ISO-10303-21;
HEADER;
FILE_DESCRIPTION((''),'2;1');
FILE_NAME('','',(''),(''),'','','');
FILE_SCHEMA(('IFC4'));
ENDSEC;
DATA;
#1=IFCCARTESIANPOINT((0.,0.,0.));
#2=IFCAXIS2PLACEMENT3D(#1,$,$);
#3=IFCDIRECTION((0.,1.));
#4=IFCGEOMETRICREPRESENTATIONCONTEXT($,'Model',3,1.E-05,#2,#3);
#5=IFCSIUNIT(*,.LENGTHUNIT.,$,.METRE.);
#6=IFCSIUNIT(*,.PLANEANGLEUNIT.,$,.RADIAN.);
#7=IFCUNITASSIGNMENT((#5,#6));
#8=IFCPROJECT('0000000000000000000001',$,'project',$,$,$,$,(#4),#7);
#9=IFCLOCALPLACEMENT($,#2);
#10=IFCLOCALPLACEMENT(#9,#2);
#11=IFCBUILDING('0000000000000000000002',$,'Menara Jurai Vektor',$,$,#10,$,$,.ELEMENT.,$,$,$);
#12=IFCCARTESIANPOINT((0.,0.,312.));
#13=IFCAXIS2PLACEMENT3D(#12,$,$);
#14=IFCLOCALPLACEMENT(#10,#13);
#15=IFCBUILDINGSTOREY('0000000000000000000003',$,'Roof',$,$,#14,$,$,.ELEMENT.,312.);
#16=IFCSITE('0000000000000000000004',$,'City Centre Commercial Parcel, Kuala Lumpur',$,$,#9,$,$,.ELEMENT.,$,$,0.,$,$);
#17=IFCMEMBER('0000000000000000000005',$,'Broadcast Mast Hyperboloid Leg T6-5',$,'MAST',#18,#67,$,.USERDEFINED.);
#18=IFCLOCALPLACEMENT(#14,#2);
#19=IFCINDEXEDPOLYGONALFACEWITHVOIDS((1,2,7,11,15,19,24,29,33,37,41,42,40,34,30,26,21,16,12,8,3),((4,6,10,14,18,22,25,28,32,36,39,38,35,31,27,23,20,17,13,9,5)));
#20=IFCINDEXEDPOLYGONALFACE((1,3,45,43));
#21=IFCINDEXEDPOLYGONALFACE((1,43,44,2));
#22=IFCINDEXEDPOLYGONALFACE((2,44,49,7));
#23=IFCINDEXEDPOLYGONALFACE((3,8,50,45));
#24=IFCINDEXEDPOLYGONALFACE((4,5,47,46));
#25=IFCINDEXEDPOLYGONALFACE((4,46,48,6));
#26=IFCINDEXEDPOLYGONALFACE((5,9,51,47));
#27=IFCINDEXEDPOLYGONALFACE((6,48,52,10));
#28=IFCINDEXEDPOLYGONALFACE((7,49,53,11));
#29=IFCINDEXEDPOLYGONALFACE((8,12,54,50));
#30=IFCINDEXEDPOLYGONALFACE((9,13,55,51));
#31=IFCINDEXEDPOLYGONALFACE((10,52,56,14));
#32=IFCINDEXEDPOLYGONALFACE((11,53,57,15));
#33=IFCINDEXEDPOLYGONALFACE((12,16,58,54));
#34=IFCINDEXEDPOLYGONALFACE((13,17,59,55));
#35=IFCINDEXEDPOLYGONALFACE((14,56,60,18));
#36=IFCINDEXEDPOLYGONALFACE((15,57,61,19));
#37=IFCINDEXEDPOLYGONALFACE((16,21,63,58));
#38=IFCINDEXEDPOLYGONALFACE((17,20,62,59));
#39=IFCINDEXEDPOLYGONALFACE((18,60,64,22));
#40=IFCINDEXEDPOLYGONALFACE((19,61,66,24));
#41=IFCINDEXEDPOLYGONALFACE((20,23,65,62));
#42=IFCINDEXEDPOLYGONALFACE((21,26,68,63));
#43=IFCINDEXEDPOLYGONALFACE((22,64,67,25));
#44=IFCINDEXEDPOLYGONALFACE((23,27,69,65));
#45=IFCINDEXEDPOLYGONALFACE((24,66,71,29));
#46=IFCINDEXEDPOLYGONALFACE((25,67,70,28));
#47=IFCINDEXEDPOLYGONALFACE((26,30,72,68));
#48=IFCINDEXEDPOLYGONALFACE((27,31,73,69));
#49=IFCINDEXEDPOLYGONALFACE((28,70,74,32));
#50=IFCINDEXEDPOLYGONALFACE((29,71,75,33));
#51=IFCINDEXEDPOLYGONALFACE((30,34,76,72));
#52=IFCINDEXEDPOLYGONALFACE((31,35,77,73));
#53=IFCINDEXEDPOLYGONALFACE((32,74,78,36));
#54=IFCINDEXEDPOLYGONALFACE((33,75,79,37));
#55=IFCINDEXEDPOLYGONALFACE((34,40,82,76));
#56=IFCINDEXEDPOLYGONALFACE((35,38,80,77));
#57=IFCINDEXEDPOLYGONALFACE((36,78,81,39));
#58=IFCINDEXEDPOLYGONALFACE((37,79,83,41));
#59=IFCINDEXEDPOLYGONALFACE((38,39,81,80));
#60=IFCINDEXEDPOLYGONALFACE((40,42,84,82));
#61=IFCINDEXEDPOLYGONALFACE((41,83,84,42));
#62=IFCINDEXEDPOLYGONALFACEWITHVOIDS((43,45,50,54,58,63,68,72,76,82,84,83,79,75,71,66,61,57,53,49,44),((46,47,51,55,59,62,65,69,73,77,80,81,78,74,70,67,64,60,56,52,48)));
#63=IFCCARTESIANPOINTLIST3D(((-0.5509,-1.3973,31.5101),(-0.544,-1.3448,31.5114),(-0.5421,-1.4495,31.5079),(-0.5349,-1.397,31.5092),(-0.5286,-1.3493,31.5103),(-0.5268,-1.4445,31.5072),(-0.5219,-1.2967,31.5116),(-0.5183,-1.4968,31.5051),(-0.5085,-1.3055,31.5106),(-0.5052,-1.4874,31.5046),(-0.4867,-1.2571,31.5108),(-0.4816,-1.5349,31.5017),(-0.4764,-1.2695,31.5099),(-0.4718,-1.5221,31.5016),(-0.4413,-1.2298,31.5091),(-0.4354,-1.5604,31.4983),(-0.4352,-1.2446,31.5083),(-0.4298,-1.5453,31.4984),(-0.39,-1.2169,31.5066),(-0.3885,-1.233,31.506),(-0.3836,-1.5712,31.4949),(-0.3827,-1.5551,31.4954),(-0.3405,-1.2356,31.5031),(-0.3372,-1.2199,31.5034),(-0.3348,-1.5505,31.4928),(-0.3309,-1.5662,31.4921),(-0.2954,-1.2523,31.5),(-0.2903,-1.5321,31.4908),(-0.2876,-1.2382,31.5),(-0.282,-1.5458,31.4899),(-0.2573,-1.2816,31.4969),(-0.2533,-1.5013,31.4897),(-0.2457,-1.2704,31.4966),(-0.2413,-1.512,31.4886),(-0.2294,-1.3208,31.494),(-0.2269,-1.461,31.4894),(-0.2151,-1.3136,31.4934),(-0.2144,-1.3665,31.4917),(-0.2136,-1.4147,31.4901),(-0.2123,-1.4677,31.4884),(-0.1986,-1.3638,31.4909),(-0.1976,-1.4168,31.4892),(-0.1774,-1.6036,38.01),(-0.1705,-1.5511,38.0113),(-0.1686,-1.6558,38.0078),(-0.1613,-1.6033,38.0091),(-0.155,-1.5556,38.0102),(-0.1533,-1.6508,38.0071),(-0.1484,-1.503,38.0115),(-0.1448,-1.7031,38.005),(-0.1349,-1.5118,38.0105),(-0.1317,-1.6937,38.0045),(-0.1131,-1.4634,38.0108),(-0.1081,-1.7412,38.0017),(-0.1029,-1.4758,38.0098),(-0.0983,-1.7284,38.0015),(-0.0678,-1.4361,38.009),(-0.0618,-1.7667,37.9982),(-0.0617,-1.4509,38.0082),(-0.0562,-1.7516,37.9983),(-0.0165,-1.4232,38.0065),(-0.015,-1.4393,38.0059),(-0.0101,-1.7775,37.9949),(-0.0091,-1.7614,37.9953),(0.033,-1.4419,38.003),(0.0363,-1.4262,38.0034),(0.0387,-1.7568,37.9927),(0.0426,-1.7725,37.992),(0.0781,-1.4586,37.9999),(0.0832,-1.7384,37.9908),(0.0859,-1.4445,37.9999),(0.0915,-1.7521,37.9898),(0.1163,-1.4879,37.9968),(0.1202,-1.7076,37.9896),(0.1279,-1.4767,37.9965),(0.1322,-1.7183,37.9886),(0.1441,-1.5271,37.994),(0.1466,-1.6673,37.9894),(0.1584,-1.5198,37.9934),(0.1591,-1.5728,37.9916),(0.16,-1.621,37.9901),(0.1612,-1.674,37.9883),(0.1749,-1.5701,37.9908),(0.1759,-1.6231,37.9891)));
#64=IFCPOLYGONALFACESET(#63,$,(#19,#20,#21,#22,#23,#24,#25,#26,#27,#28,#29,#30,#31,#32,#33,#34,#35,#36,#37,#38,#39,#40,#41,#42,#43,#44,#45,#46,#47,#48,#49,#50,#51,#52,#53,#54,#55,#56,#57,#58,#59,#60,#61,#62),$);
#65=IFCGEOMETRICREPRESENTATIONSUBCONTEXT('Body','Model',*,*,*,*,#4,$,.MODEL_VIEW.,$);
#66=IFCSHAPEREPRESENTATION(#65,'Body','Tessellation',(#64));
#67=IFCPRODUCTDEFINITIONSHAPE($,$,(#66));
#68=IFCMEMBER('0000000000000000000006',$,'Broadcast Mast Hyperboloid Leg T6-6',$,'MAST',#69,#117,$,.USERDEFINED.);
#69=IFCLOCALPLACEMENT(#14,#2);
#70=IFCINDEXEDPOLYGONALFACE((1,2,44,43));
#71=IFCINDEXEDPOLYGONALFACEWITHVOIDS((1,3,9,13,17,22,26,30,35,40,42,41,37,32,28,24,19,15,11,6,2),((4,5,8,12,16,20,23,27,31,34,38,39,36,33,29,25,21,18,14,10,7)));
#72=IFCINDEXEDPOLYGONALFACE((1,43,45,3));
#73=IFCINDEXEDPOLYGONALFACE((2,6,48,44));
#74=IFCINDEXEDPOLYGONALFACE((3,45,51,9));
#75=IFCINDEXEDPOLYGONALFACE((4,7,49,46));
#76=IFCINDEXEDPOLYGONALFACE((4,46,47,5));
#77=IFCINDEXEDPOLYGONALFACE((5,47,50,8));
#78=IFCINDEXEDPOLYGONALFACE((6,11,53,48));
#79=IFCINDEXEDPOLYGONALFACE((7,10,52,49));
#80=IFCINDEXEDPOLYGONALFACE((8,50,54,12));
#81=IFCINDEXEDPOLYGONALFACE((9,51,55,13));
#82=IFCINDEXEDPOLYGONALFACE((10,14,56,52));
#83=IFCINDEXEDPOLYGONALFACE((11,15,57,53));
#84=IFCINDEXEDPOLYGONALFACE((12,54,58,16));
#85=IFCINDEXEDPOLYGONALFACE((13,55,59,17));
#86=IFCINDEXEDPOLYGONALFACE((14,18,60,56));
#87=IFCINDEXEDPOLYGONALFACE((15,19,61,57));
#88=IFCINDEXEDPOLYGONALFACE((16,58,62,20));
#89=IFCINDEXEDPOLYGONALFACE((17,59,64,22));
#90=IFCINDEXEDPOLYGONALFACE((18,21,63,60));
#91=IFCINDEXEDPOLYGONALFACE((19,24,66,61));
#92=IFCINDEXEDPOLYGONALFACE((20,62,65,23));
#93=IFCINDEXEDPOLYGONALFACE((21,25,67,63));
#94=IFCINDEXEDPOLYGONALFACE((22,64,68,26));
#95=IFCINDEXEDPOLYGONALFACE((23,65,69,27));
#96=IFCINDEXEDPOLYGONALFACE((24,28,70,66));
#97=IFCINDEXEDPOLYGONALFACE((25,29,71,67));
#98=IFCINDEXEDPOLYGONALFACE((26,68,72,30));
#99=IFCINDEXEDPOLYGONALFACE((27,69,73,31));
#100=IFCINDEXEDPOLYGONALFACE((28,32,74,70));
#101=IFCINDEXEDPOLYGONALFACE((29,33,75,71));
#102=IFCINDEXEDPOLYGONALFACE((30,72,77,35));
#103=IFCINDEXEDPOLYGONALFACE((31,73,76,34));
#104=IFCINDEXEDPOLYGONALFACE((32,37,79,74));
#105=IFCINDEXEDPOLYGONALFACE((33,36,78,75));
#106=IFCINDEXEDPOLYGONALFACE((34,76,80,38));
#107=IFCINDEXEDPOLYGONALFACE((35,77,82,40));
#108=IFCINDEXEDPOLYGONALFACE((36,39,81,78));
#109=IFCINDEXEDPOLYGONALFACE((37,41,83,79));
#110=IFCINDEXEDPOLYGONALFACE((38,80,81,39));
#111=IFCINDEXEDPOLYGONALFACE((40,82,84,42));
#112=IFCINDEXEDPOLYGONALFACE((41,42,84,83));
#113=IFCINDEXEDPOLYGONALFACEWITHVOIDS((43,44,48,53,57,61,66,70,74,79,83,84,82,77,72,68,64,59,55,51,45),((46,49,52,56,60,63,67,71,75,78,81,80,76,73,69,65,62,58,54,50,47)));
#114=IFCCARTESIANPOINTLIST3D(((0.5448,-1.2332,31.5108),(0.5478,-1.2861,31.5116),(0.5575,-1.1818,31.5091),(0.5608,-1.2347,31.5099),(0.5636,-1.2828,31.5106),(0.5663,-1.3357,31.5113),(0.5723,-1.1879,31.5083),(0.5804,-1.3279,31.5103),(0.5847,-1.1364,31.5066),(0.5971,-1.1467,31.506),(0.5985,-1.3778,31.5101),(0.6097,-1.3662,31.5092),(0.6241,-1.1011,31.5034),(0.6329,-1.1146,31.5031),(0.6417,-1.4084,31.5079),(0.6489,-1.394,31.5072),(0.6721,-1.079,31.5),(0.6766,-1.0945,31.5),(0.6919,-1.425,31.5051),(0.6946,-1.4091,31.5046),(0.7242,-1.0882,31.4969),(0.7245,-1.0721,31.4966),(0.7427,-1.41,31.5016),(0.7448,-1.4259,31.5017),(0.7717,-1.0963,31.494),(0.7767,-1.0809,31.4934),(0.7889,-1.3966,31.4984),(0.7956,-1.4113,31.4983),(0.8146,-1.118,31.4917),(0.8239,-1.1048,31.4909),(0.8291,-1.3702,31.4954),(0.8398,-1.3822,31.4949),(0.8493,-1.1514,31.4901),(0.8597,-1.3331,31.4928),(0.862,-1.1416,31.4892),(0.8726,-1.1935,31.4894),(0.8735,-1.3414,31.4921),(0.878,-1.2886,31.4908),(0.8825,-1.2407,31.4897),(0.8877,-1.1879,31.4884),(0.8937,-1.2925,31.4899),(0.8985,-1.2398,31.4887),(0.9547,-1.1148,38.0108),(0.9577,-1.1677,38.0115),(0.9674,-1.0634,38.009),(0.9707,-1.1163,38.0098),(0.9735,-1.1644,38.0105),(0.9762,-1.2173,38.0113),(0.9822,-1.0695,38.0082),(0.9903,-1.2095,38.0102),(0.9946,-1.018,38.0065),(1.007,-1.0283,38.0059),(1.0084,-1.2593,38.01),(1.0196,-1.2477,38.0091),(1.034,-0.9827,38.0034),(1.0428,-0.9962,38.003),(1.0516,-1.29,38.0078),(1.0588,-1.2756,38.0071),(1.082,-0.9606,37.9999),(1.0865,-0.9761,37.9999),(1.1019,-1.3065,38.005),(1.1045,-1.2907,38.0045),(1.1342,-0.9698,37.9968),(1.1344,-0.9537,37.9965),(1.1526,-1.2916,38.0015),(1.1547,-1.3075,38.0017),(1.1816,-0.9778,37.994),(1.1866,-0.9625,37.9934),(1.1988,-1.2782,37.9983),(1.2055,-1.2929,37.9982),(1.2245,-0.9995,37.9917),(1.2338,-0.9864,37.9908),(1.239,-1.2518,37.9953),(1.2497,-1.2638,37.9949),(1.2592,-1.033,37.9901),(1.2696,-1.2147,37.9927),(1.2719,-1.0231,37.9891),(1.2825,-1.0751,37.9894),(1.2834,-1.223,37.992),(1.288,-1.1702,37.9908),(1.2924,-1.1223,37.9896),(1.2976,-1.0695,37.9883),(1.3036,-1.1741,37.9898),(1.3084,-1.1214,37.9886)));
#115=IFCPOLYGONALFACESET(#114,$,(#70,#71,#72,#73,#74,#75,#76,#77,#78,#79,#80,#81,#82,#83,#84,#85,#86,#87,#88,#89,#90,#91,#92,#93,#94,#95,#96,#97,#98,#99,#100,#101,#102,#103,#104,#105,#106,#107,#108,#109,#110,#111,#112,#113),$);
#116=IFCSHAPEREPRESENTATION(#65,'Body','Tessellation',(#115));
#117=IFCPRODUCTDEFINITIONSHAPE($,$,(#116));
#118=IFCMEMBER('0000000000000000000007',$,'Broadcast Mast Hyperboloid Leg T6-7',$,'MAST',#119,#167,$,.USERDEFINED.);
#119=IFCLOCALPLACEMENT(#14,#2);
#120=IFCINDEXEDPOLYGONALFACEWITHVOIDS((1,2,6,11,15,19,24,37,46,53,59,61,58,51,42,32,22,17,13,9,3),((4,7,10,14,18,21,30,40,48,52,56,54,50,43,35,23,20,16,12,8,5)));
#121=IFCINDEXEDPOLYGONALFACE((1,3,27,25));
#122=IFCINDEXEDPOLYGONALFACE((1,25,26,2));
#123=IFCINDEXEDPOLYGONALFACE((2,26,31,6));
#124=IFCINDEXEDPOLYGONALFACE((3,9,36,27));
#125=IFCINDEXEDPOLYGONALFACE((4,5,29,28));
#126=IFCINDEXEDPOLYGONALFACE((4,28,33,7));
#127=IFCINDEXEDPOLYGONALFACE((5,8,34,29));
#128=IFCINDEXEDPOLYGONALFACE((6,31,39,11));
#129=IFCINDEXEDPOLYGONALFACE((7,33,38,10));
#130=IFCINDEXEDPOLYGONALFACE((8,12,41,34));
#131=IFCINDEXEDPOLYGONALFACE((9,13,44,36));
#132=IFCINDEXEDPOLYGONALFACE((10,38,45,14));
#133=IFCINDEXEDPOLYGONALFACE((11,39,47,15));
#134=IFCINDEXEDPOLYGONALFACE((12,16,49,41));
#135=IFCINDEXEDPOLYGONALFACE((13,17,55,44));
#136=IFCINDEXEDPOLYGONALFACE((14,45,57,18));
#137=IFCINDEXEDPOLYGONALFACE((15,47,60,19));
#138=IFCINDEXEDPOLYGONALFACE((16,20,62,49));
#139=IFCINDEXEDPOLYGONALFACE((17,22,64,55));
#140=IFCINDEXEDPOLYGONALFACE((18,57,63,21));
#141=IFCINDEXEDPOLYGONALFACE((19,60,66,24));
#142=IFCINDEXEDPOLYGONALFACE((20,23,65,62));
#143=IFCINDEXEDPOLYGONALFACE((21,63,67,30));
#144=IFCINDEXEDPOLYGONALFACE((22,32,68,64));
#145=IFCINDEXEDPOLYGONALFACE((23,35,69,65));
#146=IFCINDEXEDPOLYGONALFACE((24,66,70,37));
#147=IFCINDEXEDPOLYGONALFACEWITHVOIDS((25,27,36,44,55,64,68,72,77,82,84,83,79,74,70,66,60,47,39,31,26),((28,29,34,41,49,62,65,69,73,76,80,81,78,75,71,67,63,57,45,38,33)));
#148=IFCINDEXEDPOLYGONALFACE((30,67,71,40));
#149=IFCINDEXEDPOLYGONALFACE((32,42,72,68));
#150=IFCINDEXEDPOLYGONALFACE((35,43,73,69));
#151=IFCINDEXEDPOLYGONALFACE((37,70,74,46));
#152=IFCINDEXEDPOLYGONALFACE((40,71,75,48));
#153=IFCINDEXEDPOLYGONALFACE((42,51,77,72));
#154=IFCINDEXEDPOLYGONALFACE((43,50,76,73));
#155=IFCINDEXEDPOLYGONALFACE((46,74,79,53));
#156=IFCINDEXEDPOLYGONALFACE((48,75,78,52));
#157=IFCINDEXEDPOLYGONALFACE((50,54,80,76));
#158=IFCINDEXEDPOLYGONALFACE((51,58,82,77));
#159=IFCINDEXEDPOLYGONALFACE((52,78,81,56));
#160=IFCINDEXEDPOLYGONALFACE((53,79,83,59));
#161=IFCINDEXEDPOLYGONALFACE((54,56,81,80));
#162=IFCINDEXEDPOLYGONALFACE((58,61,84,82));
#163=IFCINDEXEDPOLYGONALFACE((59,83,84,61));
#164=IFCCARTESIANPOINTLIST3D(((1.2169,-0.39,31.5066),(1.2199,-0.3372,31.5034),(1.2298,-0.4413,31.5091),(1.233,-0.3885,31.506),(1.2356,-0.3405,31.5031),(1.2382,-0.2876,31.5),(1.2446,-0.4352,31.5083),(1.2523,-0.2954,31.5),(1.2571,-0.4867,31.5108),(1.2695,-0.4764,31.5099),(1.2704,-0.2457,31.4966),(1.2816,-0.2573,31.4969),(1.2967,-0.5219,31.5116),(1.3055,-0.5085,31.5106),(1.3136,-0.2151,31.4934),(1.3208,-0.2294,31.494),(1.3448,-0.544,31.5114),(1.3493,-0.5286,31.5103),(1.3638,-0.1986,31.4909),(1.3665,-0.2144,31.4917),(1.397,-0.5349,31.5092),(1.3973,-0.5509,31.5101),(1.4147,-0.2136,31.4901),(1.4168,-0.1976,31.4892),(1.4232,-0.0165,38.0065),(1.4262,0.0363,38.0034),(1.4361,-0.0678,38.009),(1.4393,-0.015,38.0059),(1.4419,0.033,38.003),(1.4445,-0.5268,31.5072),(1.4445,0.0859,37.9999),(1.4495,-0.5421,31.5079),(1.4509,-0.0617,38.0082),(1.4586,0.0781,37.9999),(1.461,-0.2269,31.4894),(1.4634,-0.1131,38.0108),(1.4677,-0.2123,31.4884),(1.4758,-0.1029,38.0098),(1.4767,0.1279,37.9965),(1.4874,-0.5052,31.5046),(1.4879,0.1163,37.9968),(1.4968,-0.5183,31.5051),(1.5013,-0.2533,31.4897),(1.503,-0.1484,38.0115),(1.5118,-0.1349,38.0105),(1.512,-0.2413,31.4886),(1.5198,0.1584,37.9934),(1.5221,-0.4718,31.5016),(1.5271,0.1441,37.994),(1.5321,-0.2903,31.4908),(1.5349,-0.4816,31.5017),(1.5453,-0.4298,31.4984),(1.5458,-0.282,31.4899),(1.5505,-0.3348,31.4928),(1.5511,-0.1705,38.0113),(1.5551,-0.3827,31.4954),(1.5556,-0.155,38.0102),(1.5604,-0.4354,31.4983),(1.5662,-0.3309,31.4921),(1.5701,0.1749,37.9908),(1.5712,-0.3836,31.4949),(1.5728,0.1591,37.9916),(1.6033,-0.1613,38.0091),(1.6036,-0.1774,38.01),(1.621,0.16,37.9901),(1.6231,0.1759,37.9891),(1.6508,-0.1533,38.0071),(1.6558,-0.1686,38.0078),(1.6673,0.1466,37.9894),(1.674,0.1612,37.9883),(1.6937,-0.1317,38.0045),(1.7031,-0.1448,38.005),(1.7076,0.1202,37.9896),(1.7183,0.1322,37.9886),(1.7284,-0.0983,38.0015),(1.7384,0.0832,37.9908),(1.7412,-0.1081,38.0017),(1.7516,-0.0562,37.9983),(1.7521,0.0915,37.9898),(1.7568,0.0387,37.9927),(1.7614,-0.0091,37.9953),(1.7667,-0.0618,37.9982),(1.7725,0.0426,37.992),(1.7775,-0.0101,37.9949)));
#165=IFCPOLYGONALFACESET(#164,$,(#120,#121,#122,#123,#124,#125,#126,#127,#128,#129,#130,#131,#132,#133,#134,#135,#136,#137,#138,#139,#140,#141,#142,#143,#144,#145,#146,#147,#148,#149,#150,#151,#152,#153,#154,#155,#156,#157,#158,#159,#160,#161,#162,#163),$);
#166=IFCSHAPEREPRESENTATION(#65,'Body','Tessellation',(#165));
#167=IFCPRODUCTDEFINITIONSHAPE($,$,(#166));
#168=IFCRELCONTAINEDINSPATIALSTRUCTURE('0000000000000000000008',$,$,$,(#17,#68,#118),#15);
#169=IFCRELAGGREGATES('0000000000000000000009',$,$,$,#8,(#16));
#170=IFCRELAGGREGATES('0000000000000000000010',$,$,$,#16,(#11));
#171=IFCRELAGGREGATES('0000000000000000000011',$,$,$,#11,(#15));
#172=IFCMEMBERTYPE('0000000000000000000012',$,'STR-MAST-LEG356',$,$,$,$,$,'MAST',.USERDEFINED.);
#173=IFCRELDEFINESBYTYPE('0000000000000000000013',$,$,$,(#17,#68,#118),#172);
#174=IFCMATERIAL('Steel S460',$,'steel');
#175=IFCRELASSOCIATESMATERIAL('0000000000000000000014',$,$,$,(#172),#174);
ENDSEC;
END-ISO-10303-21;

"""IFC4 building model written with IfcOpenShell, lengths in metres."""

from ifc_helpers import new_model, si_unit, direction, frame, origin, origin_2d, place, context, subcontext, project, spatial, hollow_circle, extrude, material, material_profile, profile_set, type_object, element, save


model = new_model("IFC4")

# Units and contexts
model_context = context("Model", 3, precision=1e-05, world=origin(), true_north=direction((0.0, 1.0)))
body_context = subcontext(model_context, "Body", "Model", "MODEL_VIEW")
ifc_project = project(units=[si_unit("LENGTHUNIT", "METRE"), si_unit("PLANEANGLEUNIT", "RADIAN")], contexts=[model_context])

# Site, building, storey
site_placement = place(None, origin())
site = spatial("IfcSite", under=ifc_project, at=site_placement, Name="City Centre Commercial Parcel, Kuala Lumpur", CompositionType="ELEMENT", RefElevation=0.0)
building_placement = place(site_placement, origin())
building = spatial("IfcBuilding", under=site, at=building_placement, Name="Menara Jurai Vektor", CompositionType="ELEMENT")
storey_placement = place(building_placement, frame((0.0, 0.0, 312.0)))
storey = spatial("IfcBuildingStorey", under=building, at=storey_placement, Name="Roof", CompositionType="ELEMENT", Elevation=312.0)

# Members
ifc_material = material(Name="Steel S460", Category="steel")
ifc_material_profile_1 = material_profile(ifc_material, hollow_circle(Radius=0.1777, WallThickness=0.0161, at=origin_2d()), Name="CHS 355.6x16")
ifc_profile_set_1 = profile_set([ifc_material_profile_1], Name="Steel S460")
member_type_1 = type_object("IfcMemberType", Name="STR-MAST-LEG356", ElementType="MAST", PredefinedType="USERDEFINED", material=ifc_profile_set_1)
for number, where, z_axis, x_axis, name in (
    (1, (-0.3735, -1.3938, 31.5), (0.057344, -0.03167, 0.997852), (0.483455, 0.875369, 0.0), "Broadcast Mast Hyperboloid Leg T6-5"),
    (2, (0.7214, -1.2498, 31.5), (0.062928, 0.018178, 0.997853), (-0.277516, 0.960721, 0.0), "Broadcast Mast Hyperboloid Leg T6-6"),
    (3, (1.3938, -0.3735, 31.5), (0.03167, 0.057344, 0.997852), (-0.875369, 0.483455, 0.0), "Broadcast Mast Hyperboloid Leg T6-7"),
):
    element("IfcMember", number, at=place(storey_placement, frame(where, z_axis=z_axis, x_axis=x_axis)), inside=storey, type_object=member_type_1, Name=name, ObjectType="MAST", PredefinedType="USERDEFINED", context=body_context, shape_type="SweptSolid", body=[
        extrude(hollow_circle(Radius=0.1777, WallThickness=0.0161, at=origin_2d()), origin(), (0.0, 0.0, 1.0), 6.5139),
    ])

save(model, "model.ifc")
